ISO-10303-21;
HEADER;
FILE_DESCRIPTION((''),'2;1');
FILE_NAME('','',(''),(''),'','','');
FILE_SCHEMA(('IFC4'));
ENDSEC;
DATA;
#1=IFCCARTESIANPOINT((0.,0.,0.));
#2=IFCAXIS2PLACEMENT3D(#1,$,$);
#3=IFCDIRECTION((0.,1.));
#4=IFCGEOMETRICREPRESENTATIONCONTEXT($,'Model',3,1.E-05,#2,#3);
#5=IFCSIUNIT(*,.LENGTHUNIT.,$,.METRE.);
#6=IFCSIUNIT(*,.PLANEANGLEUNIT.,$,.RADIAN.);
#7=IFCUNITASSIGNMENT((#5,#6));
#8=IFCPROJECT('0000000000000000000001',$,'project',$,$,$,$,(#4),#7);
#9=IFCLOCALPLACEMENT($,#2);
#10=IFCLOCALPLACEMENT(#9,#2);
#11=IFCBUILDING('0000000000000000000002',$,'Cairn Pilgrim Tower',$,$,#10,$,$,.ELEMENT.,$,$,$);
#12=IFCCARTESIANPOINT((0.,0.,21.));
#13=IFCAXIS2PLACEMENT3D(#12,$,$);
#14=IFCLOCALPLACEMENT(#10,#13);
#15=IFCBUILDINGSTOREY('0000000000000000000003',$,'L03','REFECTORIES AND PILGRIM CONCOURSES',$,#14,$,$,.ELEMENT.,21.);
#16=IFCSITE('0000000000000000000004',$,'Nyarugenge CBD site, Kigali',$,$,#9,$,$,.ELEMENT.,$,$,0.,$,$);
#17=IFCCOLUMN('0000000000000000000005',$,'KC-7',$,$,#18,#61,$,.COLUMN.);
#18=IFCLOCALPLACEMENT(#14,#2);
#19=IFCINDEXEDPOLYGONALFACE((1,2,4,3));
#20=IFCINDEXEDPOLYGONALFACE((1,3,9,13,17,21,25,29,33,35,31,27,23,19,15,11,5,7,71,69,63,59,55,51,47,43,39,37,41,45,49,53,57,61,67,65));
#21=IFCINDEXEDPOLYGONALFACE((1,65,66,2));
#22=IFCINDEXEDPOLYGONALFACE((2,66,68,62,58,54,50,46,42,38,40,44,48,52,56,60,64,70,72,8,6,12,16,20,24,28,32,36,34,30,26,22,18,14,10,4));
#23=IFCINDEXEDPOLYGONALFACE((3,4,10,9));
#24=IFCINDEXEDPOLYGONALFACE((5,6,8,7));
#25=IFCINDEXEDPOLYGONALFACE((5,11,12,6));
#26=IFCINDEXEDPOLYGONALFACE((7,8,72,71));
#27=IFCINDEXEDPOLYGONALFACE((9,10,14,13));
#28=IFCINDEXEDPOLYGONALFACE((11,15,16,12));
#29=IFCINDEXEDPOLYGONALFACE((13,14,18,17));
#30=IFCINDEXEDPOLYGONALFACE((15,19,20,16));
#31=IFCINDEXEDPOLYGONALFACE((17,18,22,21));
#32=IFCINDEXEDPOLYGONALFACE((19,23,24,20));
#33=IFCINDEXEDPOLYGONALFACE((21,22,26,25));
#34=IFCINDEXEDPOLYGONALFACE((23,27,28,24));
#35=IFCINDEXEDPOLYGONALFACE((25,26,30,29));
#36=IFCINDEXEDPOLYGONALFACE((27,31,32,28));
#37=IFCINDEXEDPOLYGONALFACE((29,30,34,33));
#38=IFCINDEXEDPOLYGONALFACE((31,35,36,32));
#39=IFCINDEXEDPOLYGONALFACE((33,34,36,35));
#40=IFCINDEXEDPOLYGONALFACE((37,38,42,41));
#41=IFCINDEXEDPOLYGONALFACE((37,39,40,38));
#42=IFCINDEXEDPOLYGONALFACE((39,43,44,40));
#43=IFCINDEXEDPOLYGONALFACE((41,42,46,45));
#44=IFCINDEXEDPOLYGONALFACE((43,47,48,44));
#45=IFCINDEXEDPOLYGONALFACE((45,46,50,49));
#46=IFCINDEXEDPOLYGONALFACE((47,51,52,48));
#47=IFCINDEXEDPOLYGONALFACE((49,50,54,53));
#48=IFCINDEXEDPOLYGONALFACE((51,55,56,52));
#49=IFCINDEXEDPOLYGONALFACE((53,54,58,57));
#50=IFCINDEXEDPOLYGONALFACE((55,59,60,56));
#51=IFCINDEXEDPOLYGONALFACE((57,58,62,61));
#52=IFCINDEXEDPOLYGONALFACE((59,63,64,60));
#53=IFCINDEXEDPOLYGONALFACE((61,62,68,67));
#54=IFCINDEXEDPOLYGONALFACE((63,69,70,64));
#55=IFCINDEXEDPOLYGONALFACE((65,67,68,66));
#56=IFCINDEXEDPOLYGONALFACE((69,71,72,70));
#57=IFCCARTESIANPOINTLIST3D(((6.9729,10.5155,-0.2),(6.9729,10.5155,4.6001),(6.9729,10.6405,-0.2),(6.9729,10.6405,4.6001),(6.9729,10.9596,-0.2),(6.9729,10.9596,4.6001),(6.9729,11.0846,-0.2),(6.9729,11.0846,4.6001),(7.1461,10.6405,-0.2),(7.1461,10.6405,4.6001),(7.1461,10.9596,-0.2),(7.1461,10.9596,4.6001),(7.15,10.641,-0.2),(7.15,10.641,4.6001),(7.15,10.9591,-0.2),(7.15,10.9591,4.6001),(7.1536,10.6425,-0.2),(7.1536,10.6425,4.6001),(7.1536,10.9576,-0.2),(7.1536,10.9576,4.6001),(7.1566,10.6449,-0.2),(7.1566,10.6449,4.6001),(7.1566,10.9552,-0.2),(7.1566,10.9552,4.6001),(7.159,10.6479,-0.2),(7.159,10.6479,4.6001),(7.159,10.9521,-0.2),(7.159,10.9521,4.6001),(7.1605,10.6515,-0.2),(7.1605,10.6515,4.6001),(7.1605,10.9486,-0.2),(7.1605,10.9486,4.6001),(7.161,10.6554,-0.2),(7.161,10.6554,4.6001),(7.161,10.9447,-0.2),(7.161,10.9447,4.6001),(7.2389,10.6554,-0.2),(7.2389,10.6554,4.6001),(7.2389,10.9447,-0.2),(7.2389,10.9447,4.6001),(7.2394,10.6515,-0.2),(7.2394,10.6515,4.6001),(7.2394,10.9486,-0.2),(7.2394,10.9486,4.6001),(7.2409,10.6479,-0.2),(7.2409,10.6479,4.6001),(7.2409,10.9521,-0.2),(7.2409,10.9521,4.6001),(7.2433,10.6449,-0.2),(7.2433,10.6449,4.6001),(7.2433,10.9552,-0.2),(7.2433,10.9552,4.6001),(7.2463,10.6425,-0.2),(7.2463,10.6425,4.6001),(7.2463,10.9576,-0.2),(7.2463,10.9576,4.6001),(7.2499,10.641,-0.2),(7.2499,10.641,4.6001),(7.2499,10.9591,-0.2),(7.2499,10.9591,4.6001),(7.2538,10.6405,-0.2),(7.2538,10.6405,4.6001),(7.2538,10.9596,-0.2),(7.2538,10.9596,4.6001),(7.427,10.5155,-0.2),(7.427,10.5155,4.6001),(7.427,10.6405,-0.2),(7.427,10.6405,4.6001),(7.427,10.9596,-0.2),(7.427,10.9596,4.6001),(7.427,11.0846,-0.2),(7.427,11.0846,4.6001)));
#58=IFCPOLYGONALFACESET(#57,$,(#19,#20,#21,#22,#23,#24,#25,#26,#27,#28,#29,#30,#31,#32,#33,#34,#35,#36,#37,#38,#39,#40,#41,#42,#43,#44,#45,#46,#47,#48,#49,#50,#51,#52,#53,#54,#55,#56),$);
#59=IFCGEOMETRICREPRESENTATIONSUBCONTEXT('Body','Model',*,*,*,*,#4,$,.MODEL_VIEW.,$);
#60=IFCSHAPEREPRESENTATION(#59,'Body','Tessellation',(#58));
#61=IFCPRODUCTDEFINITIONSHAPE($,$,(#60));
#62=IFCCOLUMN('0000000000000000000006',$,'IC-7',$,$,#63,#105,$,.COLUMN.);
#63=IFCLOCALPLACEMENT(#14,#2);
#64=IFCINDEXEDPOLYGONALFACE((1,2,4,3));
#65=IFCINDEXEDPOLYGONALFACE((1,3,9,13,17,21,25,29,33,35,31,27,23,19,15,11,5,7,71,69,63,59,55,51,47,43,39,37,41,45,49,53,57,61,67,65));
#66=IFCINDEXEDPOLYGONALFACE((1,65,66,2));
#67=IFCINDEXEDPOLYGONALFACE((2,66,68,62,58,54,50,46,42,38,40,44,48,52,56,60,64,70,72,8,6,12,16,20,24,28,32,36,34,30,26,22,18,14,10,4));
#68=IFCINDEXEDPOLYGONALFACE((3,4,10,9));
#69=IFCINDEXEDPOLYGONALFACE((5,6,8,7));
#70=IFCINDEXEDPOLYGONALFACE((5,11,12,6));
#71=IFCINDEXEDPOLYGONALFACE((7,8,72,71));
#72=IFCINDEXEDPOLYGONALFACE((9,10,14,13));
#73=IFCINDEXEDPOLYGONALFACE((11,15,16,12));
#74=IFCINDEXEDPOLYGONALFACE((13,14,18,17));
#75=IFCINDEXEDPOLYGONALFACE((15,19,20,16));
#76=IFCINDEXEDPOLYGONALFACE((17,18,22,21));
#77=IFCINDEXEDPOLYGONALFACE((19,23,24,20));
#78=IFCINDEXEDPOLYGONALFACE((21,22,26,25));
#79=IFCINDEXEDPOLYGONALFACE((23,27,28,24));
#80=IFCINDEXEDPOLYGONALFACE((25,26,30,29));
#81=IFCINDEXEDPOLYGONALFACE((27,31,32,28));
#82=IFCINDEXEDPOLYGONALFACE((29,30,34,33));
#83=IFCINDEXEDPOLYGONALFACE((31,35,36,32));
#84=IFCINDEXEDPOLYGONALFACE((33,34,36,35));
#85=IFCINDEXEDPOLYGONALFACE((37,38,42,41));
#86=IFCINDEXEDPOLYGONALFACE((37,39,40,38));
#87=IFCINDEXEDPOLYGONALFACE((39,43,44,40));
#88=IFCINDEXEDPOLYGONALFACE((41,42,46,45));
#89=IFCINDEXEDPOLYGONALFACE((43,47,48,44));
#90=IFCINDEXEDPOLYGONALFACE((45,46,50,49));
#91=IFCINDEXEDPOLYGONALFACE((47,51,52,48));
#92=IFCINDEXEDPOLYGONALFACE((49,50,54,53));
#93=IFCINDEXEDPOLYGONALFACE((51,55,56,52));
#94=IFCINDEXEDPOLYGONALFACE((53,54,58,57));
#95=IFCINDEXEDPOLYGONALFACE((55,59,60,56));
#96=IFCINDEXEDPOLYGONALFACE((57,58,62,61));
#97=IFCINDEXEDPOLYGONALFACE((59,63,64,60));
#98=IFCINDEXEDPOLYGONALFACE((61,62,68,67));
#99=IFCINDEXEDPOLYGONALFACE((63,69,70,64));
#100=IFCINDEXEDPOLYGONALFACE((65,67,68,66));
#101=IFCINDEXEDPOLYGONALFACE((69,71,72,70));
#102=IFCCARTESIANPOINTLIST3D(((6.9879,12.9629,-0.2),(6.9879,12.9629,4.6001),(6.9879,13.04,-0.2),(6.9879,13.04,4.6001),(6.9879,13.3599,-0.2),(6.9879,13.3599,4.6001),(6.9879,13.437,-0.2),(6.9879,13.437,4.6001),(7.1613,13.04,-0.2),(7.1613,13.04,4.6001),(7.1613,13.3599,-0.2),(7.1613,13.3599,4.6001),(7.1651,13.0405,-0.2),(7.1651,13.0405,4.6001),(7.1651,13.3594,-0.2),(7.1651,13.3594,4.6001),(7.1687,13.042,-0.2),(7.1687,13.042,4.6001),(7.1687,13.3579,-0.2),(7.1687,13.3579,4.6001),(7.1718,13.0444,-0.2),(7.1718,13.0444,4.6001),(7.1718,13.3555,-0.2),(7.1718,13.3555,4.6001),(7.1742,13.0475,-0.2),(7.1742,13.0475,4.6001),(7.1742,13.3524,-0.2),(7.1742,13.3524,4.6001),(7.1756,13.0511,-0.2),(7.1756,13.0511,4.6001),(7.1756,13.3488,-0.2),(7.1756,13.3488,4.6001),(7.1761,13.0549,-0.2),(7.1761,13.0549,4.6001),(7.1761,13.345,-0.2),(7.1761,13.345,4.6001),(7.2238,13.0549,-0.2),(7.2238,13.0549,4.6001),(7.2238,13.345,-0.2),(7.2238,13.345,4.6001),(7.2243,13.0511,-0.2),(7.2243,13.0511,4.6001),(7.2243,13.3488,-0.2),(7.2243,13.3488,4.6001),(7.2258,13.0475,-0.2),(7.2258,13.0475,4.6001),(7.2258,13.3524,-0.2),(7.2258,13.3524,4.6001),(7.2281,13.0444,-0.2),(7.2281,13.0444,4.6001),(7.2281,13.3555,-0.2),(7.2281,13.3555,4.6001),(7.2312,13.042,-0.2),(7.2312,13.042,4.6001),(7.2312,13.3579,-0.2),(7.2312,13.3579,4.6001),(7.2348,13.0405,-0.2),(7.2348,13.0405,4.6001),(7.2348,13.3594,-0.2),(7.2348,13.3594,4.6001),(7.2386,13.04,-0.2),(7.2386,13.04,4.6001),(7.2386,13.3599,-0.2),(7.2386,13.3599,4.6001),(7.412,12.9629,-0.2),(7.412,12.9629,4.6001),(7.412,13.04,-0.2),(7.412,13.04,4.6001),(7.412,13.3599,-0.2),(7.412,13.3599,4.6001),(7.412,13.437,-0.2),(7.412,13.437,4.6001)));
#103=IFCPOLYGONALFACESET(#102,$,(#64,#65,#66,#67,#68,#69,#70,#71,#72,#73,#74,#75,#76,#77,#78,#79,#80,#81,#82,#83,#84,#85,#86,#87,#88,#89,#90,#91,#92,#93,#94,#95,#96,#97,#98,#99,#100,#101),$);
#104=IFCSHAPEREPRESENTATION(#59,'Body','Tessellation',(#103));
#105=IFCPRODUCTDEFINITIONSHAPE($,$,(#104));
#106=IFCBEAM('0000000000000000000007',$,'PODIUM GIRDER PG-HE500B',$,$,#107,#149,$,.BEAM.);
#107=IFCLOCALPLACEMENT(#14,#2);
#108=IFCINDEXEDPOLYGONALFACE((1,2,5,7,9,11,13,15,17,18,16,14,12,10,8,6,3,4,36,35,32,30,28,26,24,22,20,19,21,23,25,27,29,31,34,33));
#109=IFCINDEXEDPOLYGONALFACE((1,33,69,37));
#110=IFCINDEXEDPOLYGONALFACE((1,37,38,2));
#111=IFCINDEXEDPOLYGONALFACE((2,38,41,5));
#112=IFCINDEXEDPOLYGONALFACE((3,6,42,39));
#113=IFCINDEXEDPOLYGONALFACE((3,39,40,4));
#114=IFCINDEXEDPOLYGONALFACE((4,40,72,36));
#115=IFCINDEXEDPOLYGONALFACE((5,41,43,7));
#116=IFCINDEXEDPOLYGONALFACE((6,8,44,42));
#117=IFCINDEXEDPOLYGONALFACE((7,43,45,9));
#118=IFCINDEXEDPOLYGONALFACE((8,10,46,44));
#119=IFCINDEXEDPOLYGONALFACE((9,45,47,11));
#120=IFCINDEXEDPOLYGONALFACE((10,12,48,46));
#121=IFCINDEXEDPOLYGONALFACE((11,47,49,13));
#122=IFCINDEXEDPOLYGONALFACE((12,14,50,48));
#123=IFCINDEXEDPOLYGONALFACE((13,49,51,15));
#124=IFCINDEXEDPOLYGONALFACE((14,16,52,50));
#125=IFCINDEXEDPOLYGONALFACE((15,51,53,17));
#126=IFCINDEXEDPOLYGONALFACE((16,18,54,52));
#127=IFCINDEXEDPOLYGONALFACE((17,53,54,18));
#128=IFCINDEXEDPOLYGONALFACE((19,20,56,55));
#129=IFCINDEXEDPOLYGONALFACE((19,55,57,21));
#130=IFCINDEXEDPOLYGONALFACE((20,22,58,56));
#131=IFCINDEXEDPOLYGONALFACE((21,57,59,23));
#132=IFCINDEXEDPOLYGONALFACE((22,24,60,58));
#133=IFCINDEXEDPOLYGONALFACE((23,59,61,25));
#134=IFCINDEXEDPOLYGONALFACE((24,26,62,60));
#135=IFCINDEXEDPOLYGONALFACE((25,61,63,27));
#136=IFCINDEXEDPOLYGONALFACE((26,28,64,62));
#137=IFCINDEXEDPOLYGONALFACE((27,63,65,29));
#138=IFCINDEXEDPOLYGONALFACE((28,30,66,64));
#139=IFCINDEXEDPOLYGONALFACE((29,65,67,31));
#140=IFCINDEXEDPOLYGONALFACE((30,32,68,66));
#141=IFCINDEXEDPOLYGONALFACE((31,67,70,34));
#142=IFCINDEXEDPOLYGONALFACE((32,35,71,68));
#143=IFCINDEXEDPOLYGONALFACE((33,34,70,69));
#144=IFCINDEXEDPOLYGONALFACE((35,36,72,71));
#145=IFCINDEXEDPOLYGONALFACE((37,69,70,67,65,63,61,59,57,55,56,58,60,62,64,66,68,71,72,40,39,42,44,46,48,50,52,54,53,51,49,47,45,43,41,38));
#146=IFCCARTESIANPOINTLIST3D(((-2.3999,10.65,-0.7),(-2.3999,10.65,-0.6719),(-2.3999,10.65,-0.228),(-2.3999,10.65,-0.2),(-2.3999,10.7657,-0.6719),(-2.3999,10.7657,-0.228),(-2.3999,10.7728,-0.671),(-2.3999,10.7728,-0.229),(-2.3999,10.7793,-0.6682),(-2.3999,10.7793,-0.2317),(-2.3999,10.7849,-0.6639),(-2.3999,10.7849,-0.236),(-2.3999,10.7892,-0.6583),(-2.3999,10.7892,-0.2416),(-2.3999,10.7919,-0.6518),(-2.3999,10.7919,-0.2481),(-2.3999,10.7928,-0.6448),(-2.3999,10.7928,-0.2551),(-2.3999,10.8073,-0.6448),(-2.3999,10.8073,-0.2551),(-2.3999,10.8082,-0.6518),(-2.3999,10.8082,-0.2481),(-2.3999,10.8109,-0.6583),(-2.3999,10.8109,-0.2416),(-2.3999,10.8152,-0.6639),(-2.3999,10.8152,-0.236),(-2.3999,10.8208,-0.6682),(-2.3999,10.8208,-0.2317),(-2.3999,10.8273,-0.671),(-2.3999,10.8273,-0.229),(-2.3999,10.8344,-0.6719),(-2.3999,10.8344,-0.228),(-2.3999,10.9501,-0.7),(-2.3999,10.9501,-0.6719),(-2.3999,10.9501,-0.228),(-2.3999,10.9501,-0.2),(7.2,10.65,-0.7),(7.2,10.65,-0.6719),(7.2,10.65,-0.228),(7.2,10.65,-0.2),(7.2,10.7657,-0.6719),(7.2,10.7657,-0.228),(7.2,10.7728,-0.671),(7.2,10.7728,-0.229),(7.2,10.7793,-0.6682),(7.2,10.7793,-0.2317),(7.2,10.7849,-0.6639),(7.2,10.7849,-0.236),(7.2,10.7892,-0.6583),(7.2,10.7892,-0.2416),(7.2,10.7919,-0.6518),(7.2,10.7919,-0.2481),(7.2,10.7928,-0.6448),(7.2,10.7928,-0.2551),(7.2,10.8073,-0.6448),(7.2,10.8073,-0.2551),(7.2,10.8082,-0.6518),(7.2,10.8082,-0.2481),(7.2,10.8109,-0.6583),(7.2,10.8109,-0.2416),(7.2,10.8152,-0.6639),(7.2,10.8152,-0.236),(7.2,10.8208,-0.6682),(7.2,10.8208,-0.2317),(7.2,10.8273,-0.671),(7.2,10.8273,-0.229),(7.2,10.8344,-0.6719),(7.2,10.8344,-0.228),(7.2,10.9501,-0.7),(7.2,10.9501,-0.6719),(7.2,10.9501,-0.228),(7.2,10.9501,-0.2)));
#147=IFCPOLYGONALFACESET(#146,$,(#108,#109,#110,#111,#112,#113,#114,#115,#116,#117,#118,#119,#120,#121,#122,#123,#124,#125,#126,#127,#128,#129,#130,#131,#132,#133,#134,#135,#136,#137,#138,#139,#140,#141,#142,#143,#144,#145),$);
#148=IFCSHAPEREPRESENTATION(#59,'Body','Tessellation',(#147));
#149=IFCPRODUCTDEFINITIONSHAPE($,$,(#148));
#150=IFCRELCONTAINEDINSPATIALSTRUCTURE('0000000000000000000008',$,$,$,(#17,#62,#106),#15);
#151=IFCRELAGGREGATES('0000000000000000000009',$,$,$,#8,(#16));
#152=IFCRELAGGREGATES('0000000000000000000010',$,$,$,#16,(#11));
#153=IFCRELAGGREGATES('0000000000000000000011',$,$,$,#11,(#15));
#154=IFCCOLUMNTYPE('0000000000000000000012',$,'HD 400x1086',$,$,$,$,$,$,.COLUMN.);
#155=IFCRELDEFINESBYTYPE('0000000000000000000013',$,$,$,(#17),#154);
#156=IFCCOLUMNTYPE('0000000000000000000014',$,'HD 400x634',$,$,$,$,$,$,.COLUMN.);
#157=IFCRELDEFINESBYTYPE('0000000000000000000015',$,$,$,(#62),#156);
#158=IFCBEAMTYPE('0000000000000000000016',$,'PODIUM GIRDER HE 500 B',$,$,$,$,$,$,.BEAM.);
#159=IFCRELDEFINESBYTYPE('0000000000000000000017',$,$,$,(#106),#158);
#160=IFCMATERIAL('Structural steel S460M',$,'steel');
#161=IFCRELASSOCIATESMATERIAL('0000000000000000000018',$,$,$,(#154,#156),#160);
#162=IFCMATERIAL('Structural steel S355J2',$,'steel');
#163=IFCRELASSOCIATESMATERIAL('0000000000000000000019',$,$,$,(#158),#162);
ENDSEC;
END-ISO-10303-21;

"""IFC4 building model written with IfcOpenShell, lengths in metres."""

from ifc_helpers import new_model, si_unit, direction, frame, origin, origin_2d, place, context, subcontext, project, spatial, i_section, extrude, material, material_profile, profile_set, type_object, element, save


model = new_model("IFC4")

# Units and contexts
model_context = context("Model", 3, precision=1e-05, world=origin(), true_north=direction((0.0, 1.0)))
body_context = subcontext(model_context, "Body", "Model", "MODEL_VIEW")
ifc_project = project(units=[si_unit("LENGTHUNIT", "METRE"), si_unit("PLANEANGLEUNIT", "RADIAN")], contexts=[model_context])

# Site, building, storey
site_placement = place(None, origin())
site = spatial("IfcSite", under=ifc_project, at=site_placement, Name="Nyarugenge CBD site, Kigali", CompositionType="ELEMENT", RefElevation=0.0)
building_placement = place(site_placement, origin())
building = spatial("IfcBuilding", under=site, at=building_placement, Name="Cairn Pilgrim Tower", CompositionType="ELEMENT")
storey_placement = place(building_placement, frame((0.0, 0.0, 21.0)))
storey = spatial("IfcBuildingStorey", under=building, at=storey_placement, Name="L03", Description="REFECTORIES AND PILGRIM CONCOURSES", CompositionType="ELEMENT", Elevation=21.0)

# Columns
ifc_material_1 = material(Name="Structural steel S460M", Category="steel")
ifc_material_profile_1 = material_profile(ifc_material_1, i_section(OverallWidth=0.4541, OverallDepth=0.5691, WebThickness=0.0779, FlangeThickness=0.125, FilletRadius=0.0149, at=origin_2d()), Name="HD 400x1086")
ifc_profile_set_1 = profile_set([ifc_material_profile_1], Name="Structural steel S460M")
column_type_1 = type_object("IfcColumnType", Name="HD 400x1086", PredefinedType="COLUMN", material=ifc_profile_set_1)
column_1_placement = place(storey_placement, frame((7.2, 10.8, -0.2), z_axis=(0.0, 0.0, 1.0), x_axis=(1.0, 0.0, 0.0)))
element("IfcColumn", 1, at=column_1_placement, inside=storey, type_object=column_type_1, Name="KC-7", PredefinedType="COLUMN", context=body_context, shape_type="SweptSolid", body=[
    extrude(i_section(OverallWidth=0.4541, OverallDepth=0.5691, WebThickness=0.0779, FlangeThickness=0.125, FilletRadius=0.0149, at=origin_2d()), origin(), (0.0, 0.0, 1.0), 4.8),
])
ifc_material_profile_2 = material_profile(ifc_material_1, i_section(OverallWidth=0.4241, OverallDepth=0.4741, WebThickness=0.0476, FlangeThickness=0.0771, FilletRadius=0.0149, at=origin_2d()), Name="HD 400x634")
ifc_profile_set_2 = profile_set([ifc_material_profile_2], Name="Structural steel S460M")
column_type_2 = type_object("IfcColumnType", Name="HD 400x634", PredefinedType="COLUMN", material=ifc_profile_set_2)
column_2_placement = place(storey_placement, frame((7.2, 13.2, -0.2), z_axis=(0.0, 0.0, 1.0), x_axis=(1.0, 0.0, 0.0)))
element("IfcColumn", 2, at=column_2_placement, inside=storey, type_object=column_type_2, Name="IC-7", PredefinedType="COLUMN", context=body_context, shape_type="SweptSolid", body=[
    extrude(i_section(OverallWidth=0.4241, OverallDepth=0.4741, WebThickness=0.0476, FlangeThickness=0.0771, FilletRadius=0.0149, at=origin_2d()), origin(), (0.0, 0.0, 1.0), 4.8),
])

# Beam
ifc_material_2 = material(Name="Structural steel S355J2", Category="steel")
ifc_material_profile_3 = material_profile(ifc_material_2, i_section(OverallWidth=0.3, OverallDepth=0.5, WebThickness=0.0144, FlangeThickness=0.0281, FilletRadius=0.0271, at=origin_2d()), Name="HEB 500")
ifc_profile_set_3 = profile_set([ifc_material_profile_3], Name="Structural steel S355J2")
beam_type_1 = type_object("IfcBeamType", Name="PODIUM GIRDER HE 500 B", PredefinedType="BEAM", material=ifc_profile_set_3)
beam_1_placement = place(storey_placement, frame((7.2, 10.8, -0.45), z_axis=(-1.0, 0.0, 0.0), x_axis=(0.0, -1.0, 0.0)))
element("IfcBeam", 3, at=beam_1_placement, inside=storey, type_object=beam_type_1, Name="PODIUM GIRDER PG-HE500B", PredefinedType="BEAM", context=body_context, shape_type="SweptSolid", body=[
    extrude(i_section(OverallWidth=0.3, OverallDepth=0.5, WebThickness=0.0144, FlangeThickness=0.0281, FilletRadius=0.0271, at=origin_2d()), origin(), (0.0, 0.0, 1.0), 9.5999),
])

save(model, "model.ifc")
